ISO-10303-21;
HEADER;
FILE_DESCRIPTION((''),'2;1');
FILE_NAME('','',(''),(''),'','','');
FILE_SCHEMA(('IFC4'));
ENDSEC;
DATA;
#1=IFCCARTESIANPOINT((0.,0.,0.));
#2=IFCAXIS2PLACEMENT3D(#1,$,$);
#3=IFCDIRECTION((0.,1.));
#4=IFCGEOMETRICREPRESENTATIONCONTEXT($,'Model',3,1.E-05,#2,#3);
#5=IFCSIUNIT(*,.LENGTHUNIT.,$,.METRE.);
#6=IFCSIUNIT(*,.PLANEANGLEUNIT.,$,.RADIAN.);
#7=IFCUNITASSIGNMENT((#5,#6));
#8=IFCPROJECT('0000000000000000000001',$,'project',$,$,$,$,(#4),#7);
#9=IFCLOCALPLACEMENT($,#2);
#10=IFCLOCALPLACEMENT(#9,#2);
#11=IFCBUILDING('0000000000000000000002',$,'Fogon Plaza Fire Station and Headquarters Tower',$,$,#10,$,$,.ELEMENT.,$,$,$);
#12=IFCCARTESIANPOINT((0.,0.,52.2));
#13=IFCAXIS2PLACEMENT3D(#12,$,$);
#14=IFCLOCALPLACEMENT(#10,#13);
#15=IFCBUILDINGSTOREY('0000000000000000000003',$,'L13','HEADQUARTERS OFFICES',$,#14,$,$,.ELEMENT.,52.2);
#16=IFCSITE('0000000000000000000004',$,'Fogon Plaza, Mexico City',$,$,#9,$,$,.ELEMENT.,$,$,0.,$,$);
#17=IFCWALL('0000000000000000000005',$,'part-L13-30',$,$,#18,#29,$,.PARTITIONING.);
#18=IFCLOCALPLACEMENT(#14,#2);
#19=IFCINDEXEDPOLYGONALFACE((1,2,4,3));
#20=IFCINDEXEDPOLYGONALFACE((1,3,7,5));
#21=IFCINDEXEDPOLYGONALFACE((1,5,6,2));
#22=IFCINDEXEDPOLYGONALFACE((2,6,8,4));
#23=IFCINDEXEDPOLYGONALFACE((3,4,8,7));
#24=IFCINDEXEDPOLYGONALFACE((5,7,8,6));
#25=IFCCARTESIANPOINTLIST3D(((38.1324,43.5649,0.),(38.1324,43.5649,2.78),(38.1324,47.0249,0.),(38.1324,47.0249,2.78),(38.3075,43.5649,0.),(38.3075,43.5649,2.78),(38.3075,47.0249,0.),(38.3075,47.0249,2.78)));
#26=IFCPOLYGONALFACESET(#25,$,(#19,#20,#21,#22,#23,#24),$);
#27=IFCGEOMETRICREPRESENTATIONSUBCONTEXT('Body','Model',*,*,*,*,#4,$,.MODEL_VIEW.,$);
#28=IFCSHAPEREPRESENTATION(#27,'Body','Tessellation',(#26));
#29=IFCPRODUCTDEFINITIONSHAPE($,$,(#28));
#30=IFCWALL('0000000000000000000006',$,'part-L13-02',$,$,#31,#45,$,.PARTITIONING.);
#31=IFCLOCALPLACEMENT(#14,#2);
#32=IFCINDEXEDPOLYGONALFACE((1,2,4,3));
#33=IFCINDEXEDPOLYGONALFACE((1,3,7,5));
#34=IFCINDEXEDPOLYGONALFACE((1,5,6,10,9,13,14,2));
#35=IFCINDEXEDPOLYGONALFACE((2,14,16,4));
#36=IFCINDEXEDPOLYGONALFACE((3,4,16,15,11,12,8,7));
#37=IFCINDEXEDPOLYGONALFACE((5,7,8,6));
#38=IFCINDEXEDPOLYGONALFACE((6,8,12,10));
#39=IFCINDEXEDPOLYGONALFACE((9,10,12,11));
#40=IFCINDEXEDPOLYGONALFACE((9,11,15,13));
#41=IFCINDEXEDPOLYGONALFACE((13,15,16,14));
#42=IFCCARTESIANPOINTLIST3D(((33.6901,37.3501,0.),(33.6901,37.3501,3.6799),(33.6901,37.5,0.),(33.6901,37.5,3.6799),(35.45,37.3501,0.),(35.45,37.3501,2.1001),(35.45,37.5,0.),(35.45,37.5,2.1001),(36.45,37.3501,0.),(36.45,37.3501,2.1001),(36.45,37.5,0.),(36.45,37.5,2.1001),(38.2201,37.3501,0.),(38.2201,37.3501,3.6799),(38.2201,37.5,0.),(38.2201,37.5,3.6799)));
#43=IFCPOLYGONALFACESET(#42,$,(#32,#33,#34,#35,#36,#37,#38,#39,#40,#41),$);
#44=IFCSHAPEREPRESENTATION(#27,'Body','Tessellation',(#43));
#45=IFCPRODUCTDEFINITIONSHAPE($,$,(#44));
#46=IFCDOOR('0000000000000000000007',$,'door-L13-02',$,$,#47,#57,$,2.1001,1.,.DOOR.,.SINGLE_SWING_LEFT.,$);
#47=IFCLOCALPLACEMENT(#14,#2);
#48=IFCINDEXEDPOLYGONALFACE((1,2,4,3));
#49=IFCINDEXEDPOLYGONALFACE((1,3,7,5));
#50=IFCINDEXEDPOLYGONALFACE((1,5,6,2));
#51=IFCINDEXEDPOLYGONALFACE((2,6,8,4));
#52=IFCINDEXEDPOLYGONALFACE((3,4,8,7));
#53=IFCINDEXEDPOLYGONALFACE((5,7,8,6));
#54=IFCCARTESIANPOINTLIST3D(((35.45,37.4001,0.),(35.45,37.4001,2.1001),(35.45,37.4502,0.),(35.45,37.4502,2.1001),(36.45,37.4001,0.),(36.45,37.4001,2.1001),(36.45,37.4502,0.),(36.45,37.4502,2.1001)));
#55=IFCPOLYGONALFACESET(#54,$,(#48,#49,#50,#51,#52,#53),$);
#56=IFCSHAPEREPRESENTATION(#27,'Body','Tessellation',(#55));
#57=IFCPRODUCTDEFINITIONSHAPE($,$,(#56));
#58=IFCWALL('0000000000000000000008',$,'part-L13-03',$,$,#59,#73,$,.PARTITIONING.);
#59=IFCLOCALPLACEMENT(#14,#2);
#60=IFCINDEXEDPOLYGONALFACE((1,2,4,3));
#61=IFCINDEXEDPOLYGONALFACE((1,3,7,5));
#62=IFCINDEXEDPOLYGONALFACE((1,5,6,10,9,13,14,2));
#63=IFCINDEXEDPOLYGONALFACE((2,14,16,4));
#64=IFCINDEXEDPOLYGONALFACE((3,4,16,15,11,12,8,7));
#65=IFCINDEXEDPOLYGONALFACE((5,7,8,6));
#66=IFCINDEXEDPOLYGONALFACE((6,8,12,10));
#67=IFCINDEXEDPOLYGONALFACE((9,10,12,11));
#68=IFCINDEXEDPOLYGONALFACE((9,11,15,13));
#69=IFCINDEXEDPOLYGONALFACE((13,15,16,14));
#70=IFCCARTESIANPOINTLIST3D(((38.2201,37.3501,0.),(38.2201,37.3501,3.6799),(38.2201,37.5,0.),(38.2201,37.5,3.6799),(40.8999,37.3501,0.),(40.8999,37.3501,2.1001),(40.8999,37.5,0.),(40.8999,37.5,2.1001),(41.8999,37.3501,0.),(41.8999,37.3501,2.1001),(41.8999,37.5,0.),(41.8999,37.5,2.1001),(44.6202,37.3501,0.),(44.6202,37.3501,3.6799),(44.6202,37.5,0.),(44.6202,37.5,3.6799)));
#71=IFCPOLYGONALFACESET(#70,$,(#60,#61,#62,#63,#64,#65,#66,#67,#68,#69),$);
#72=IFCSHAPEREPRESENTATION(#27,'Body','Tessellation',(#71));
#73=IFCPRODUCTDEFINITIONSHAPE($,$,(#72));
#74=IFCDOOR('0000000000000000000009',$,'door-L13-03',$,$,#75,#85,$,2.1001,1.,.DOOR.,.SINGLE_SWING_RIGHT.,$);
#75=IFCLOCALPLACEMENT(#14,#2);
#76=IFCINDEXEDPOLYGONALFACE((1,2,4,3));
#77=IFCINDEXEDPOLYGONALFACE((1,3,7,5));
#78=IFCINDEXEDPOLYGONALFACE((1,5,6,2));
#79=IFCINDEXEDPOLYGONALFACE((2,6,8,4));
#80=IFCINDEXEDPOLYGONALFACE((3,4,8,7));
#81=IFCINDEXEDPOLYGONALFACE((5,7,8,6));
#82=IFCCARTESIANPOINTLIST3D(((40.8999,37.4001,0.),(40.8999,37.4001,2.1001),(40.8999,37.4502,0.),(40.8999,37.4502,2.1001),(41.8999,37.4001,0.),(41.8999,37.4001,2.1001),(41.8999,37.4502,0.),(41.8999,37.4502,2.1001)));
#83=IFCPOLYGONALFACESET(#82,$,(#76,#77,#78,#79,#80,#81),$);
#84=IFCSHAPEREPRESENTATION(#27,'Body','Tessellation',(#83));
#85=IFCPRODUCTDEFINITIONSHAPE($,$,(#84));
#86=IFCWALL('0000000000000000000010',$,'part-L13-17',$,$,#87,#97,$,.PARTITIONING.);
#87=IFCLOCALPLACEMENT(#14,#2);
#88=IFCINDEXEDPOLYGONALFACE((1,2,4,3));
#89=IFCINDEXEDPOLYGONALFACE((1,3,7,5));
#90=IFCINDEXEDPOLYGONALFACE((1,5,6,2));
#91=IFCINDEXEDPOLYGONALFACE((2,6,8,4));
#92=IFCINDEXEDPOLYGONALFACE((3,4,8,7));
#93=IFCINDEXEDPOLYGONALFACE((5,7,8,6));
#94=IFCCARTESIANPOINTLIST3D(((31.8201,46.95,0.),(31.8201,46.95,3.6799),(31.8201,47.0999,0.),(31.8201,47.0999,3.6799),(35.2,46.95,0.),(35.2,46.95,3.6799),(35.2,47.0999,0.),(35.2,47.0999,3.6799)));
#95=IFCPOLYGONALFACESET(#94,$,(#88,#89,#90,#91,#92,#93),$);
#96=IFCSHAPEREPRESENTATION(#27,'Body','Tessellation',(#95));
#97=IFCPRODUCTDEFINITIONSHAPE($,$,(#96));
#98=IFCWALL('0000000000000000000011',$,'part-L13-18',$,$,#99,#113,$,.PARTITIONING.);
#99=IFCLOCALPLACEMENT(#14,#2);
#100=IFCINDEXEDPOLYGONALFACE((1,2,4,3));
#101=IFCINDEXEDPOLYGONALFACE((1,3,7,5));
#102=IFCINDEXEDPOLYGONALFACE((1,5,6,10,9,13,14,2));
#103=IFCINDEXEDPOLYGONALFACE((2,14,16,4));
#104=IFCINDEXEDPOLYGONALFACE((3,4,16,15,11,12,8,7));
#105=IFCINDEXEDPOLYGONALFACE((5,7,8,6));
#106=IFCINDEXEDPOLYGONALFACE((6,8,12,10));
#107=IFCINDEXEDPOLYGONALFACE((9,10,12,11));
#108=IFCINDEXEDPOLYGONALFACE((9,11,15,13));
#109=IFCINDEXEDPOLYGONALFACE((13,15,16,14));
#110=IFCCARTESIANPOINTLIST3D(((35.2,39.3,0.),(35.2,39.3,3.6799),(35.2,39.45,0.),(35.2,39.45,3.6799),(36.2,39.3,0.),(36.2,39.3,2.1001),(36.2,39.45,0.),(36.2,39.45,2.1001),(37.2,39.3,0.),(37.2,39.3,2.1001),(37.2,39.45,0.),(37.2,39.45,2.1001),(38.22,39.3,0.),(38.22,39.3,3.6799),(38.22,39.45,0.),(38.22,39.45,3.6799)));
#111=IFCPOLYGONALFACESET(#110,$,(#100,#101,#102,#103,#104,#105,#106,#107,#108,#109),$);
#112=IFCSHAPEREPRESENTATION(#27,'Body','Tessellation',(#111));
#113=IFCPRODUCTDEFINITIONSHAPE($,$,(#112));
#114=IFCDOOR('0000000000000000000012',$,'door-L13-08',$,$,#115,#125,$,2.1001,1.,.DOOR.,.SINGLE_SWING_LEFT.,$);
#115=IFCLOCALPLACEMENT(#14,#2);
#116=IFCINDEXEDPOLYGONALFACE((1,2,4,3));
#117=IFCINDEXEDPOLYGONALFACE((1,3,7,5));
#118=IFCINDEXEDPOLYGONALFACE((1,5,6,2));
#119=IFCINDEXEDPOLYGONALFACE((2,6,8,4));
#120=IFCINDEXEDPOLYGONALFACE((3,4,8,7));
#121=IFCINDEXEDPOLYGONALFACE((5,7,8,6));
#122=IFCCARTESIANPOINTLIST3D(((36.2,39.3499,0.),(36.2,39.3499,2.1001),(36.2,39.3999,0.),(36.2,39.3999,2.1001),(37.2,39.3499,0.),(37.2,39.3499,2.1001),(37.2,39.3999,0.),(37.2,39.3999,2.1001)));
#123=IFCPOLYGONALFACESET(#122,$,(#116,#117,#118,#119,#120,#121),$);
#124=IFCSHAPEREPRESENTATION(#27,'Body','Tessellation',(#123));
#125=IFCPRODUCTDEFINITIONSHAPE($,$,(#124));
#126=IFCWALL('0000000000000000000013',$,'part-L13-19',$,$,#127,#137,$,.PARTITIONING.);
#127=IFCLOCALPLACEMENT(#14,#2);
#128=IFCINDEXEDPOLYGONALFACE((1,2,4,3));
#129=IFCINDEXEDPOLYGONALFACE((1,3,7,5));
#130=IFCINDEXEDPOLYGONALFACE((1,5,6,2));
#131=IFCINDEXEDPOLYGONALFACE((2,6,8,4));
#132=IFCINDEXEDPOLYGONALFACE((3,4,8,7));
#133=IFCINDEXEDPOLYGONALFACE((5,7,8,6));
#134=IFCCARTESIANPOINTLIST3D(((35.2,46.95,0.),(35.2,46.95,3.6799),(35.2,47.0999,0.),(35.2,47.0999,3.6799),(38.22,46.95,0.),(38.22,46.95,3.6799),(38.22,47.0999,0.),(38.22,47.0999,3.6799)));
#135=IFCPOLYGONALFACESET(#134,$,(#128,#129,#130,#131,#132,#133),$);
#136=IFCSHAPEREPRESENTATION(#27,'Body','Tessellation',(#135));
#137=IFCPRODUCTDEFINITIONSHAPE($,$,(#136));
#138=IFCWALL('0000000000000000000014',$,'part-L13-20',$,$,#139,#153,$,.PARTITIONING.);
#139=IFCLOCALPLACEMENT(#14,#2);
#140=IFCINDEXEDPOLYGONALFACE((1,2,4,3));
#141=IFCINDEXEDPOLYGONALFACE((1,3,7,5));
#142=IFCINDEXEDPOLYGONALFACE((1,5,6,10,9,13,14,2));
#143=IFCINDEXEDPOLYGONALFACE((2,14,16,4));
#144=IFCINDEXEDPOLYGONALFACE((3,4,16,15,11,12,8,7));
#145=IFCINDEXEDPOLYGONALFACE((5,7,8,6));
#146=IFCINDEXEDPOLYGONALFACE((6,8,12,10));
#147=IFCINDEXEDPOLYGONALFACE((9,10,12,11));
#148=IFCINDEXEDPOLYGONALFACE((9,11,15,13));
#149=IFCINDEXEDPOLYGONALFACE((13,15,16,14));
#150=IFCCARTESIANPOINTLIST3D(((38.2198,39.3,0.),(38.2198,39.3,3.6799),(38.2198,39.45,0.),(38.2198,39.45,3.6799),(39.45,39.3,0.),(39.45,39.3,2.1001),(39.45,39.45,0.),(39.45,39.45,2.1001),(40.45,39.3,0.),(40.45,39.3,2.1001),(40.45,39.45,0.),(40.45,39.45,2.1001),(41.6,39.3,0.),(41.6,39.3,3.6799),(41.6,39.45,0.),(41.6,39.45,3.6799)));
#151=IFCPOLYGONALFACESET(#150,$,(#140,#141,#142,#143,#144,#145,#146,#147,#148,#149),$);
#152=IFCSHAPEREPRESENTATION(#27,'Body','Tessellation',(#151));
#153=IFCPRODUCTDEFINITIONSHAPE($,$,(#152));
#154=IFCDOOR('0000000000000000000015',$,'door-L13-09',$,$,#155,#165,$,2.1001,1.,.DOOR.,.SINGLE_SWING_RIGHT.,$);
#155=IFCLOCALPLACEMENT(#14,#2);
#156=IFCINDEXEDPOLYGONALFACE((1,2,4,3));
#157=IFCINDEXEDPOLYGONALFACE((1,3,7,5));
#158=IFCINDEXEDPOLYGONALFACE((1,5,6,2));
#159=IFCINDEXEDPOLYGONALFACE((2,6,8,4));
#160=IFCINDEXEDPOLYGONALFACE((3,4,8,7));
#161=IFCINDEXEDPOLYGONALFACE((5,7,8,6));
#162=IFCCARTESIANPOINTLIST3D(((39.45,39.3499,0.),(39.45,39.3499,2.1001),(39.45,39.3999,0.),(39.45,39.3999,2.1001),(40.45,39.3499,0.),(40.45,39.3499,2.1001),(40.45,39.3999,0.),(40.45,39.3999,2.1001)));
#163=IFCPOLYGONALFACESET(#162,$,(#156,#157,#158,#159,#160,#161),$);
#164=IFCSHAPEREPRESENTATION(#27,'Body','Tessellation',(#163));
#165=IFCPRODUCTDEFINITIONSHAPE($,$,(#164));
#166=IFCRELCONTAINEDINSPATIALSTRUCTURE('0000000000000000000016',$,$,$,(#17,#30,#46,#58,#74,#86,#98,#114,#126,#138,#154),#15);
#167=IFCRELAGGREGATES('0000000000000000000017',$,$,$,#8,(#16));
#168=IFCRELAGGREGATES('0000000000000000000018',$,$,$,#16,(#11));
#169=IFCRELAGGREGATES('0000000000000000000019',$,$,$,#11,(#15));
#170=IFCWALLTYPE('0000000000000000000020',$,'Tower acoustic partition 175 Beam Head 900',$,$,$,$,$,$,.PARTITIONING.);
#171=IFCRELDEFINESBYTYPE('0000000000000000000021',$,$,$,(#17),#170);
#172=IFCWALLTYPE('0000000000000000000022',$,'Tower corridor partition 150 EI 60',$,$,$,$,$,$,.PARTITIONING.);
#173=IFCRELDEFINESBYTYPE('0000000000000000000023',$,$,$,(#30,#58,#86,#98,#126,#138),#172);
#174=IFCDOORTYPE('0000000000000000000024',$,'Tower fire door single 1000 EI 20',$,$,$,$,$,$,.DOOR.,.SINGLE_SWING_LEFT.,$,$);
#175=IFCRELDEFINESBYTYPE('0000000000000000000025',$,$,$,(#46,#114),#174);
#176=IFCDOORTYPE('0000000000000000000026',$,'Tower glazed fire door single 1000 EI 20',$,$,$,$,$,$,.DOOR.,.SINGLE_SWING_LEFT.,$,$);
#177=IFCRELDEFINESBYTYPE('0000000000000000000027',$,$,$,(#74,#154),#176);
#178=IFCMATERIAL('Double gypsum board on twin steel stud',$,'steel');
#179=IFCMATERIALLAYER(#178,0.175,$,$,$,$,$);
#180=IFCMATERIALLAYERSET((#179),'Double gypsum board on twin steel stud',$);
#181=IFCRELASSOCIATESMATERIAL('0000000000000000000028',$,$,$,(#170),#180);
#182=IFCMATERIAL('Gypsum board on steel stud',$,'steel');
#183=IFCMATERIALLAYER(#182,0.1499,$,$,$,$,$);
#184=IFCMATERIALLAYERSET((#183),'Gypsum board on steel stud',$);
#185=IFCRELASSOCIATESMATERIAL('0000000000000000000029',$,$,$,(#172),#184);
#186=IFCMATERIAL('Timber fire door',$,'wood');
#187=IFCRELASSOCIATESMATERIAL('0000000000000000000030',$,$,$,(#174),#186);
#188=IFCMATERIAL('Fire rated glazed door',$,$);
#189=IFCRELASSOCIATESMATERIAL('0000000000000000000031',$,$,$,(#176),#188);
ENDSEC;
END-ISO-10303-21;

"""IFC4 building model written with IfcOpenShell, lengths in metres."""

from ifc_helpers import new_model, si_unit, direction, frame, frame_2d, origin, place, context, subcontext, project, spatial, rectangle, extrude, material, layer, layer_set, type_object, element, fill, save


model = new_model("IFC4")

# Units and contexts
model_context = context("Model", 3, precision=1e-05, world=origin(), true_north=direction((0.0, 1.0)))
body_context = subcontext(model_context, "Body", "Model", "MODEL_VIEW")
ifc_project = project(units=[si_unit("LENGTHUNIT", "METRE"), si_unit("PLANEANGLEUNIT", "RADIAN")], contexts=[model_context])

# Site, building, storey
site_placement = place(None, origin())
site = spatial("IfcSite", under=ifc_project, at=site_placement, Name="Fogon Plaza, Mexico City", CompositionType="ELEMENT", RefElevation=0.0)
building_placement = place(site_placement, origin())
building = spatial("IfcBuilding", under=site, at=building_placement, Name="Fogon Plaza Fire Station and Headquarters Tower", CompositionType="ELEMENT")
storey_placement = place(building_placement, frame((0.0, 0.0, 52.2)))
storey = spatial("IfcBuildingStorey", under=building, at=storey_placement, Name="L13", Description="HEADQUARTERS OFFICES", CompositionType="ELEMENT", Elevation=52.2)

# Wall
ifc_material_1 = material(Name="Double gypsum board on twin steel stud", Category="steel")
ifc_layer_1 = layer(ifc_material_1, 0.175)
ifc_layer_set_1 = layer_set([ifc_layer_1], Name="Double gypsum board on twin steel stud")
wall_type_1 = type_object("IfcWallType", Name="Tower acoustic partition 175 Beam Head 900", PredefinedType="PARTITIONING", material=ifc_layer_set_1)
for number, where, z_axis, x_axis, name in (
    (1, (38.22, 43.5649, 0.0), (0.0, 0.0, 1.0), (0.0, 1.0, 0.0), "part-L13-30"),
):
    element("IfcWall", number, at=place(storey_placement, frame(where, z_axis=z_axis, x_axis=x_axis)), inside=storey, type_object=wall_type_1, Name=name, PredefinedType="PARTITIONING", context=body_context, shape_type="SweptSolid", body=[
        extrude(rectangle(XDim=3.46, YDim=0.175, at=frame_2d((1.73, 0.0))), origin(), (0.0, 0.0, 1.0), 2.78),
    ])

# Walls, openings, doors
ifc_material_2 = material(Name="Gypsum board on steel stud", Category="steel")
ifc_layer_2 = layer(ifc_material_2, 0.1499)
ifc_layer_set_2 = layer_set([ifc_layer_2], Name="Gypsum board on steel stud")
wall_type_2 = type_object("IfcWallType", Name="Tower corridor partition 150 EI 60", PredefinedType="PARTITIONING", material=ifc_layer_set_2)
wall_1_placement = place(storey_placement, frame((33.6899, 37.425, 0.0), z_axis=(0.0, 0.0, 1.0), x_axis=(1.0, 0.0, 0.0)))
wall_1 = element("IfcWall", 2, at=wall_1_placement, inside=storey, type_object=wall_type_2, Name="part-L13-02", PredefinedType="PARTITIONING", context=body_context, shape_type="SweptSolid", body=[
    extrude(rectangle(XDim=4.53, YDim=0.1499, at=frame_2d((2.2651, 0.0))), origin(), (0.0, 0.0, 1.0), 3.6799),
])
opening_1_placement = place(wall_1_placement, frame((1.76, 0.0, 0.0)))
opening_1 = element("IfcOpeningElement", 3, at=opening_1_placement, cuts=wall_1, PredefinedType="OPENING", context=body_context, shape_type="SweptSolid", body=[
    extrude(rectangle(XDim=1.0, YDim=2.1001, at=frame_2d((0.5, 1.05))), frame((0.0, 0.085, 0.0), z_axis=(0.0, -1.0, 0.0), x_axis=(1.0, 0.0, 0.0)), (0.0, 0.0, 1.0), 0.1699),
])
ifc_material_3 = material(Name="Timber fire door", Category="wood")
door_type_1 = type_object("IfcDoorType", Name="Tower fire door single 1000 EI 20", OperationType="SINGLE_SWING_LEFT", PredefinedType="DOOR", material=ifc_material_3)
door_1_placement = place(opening_1_placement, frame((1.0, 0.0, 0.0), z_axis=(0.0, 0.0, 1.0), x_axis=(-1.0, 0.0, 0.0)))
door_1 = element("IfcDoor", 4, at=door_1_placement, inside=storey, type_object=door_type_1, Name="door-L13-02", OperationType="SINGLE_SWING_LEFT", OverallHeight=2.1001, OverallWidth=1.0, PredefinedType="DOOR", context=body_context, shape_type="SweptSolid", body=[
    extrude(rectangle(XDim=1.0, YDim=2.1001, at=frame_2d((0.5, 1.05))), frame((0.0, 0.0249, 0.0), z_axis=(0.0, -1.0, 0.0), x_axis=(1.0, 0.0, 0.0)), (0.0, 0.0, 1.0), 0.05),
])
fill(opening_1, door_1)
wall_2_placement = place(storey_placement, frame((38.22, 37.425, 0.0), z_axis=(0.0, 0.0, 1.0), x_axis=(1.0, 0.0, 0.0)))
wall_2 = element("IfcWall", 5, at=wall_2_placement, inside=storey, type_object=wall_type_2, Name="part-L13-03", PredefinedType="PARTITIONING", context=body_context, shape_type="SweptSolid", body=[
    extrude(rectangle(XDim=6.4001, YDim=0.1499, at=frame_2d((3.2002, 0.0))), origin(), (0.0, 0.0, 1.0), 3.6799),
])
opening_2_placement = place(wall_2_placement, frame((2.6799, 0.0, 0.0)))
opening_2 = element("IfcOpeningElement", 6, at=opening_2_placement, cuts=wall_2, PredefinedType="OPENING", context=body_context, shape_type="SweptSolid", body=[
    extrude(rectangle(XDim=1.0, YDim=2.1001, at=frame_2d((0.5, 1.05))), frame((0.0, 0.085, 0.0), z_axis=(0.0, -1.0, 0.0), x_axis=(1.0, 0.0, 0.0)), (0.0, 0.0, 1.0), 0.1699),
])
ifc_material_4 = material(Name="Fire rated glazed door")
door_type_2 = type_object("IfcDoorType", Name="Tower glazed fire door single 1000 EI 20", OperationType="SINGLE_SWING_LEFT", PredefinedType="DOOR", material=ifc_material_4)
door_2_placement = place(opening_2_placement, frame((1.0, 0.0, 0.0), z_axis=(0.0, 0.0, 1.0), x_axis=(-1.0, 0.0, 0.0)))
door_2 = element("IfcDoor", 7, at=door_2_placement, inside=storey, type_object=door_type_2, Name="door-L13-03", OperationType="SINGLE_SWING_RIGHT", OverallHeight=2.1001, OverallWidth=1.0, PredefinedType="DOOR", context=body_context, shape_type="SweptSolid", body=[
    extrude(rectangle(XDim=1.0, YDim=2.1001, at=frame_2d((0.5, 1.05))), frame((0.0, 0.0249, 0.0), z_axis=(0.0, -1.0, 0.0), x_axis=(1.0, 0.0, 0.0)), (0.0, 0.0, 1.0), 0.05),
])
fill(opening_2, door_2)

# Wall
wall_3_placement = place(storey_placement, frame((31.8201, 47.0249, 0.0), z_axis=(0.0, 0.0, 1.0), x_axis=(1.0, 0.0, 0.0)))
element("IfcWall", 8, at=wall_3_placement, inside=storey, type_object=wall_type_2, Name="part-L13-17", PredefinedType="PARTITIONING", context=body_context, shape_type="SweptSolid", body=[
    extrude(rectangle(XDim=3.3799, YDim=0.1499, at=frame_2d((1.6899, 0.0))), origin(), (0.0, 0.0, 1.0), 3.6799),
])

# Wall, opening, door
wall_4_placement = place(storey_placement, frame((35.2, 39.375, 0.0), z_axis=(0.0, 0.0, 1.0), x_axis=(1.0, 0.0, 0.0)))
wall_4 = element("IfcWall", 9, at=wall_4_placement, inside=storey, type_object=wall_type_2, Name="part-L13-18", PredefinedType="PARTITIONING", context=body_context, shape_type="SweptSolid", body=[
    extrude(rectangle(XDim=3.02, YDim=0.1499, at=frame_2d((1.51, 0.0))), origin(), (0.0, 0.0, 1.0), 3.6799),
])
opening_3_placement = place(wall_4_placement, frame((1.0, 0.0, 0.0)))
opening_3 = element("IfcOpeningElement", 10, at=opening_3_placement, cuts=wall_4, PredefinedType="OPENING", context=body_context, shape_type="SweptSolid", body=[
    extrude(rectangle(XDim=1.0, YDim=2.1001, at=frame_2d((0.5, 1.05))), frame((0.0, 0.085, 0.0), z_axis=(0.0, -1.0, 0.0), x_axis=(1.0, 0.0, 0.0)), (0.0, 0.0, 1.0), 0.1699),
])
door_3_placement = place(opening_3_placement, origin())
door_3 = element("IfcDoor", 11, at=door_3_placement, inside=storey, type_object=door_type_1, Name="door-L13-08", OperationType="SINGLE_SWING_LEFT", OverallHeight=2.1001, OverallWidth=1.0, PredefinedType="DOOR", context=body_context, shape_type="SweptSolid", body=[
    extrude(rectangle(XDim=1.0, YDim=2.1001, at=frame_2d((0.5, 1.05))), frame((0.0, 0.0249, 0.0), z_axis=(0.0, -1.0, 0.0), x_axis=(1.0, 0.0, 0.0)), (0.0, 0.0, 1.0), 0.05),
])
fill(opening_3, door_3)

# Wall
wall_5_placement = place(storey_placement, frame((35.2, 47.0249, 0.0), z_axis=(0.0, 0.0, 1.0), x_axis=(1.0, 0.0, 0.0)))
element("IfcWall", 12, at=wall_5_placement, inside=storey, type_object=wall_type_2, Name="part-L13-19", PredefinedType="PARTITIONING", context=body_context, shape_type="SweptSolid", body=[
    extrude(rectangle(XDim=3.02, YDim=0.1499, at=frame_2d((1.51, 0.0))), origin(), (0.0, 0.0, 1.0), 3.6799),
])

# Wall, opening, door
wall_6_placement = place(storey_placement, frame((38.22, 39.375, 0.0), z_axis=(0.0, 0.0, 1.0), x_axis=(1.0, 0.0, 0.0)))
wall_6 = element("IfcWall", 13, at=wall_6_placement, inside=storey, type_object=wall_type_2, Name="part-L13-20", PredefinedType="PARTITIONING", context=body_context, shape_type="SweptSolid", body=[
    extrude(rectangle(XDim=3.3801, YDim=0.1499, at=frame_2d((1.6899, 0.0))), origin(), (0.0, 0.0, 1.0), 3.6799),
])
opening_4_placement = place(wall_6_placement, frame((1.23, 0.0, 0.0)))
opening_4 = element("IfcOpeningElement", 14, at=opening_4_placement, cuts=wall_6, PredefinedType="OPENING", context=body_context, shape_type="SweptSolid", body=[
    extrude(rectangle(XDim=1.0, YDim=2.1001, at=frame_2d((0.5, 1.05))), frame((0.0, 0.085, 0.0), z_axis=(0.0, -1.0, 0.0), x_axis=(1.0, 0.0, 0.0)), (0.0, 0.0, 1.0), 0.1699),
])
door_4_placement = place(opening_4_placement, origin())
door_4 = element("IfcDoor", 15, at=door_4_placement, inside=storey, type_object=door_type_2, Name="door-L13-09", OperationType="SINGLE_SWING_RIGHT", OverallHeight=2.1001, OverallWidth=1.0, PredefinedType="DOOR", context=body_context, shape_type="SweptSolid", body=[
    extrude(rectangle(XDim=1.0, YDim=2.1001, at=frame_2d((0.5, 1.05))), frame((0.0, 0.0249, 0.0), z_axis=(0.0, -1.0, 0.0), x_axis=(1.0, 0.0, 0.0)), (0.0, 0.0, 1.0), 0.05),
])
fill(opening_4, door_4)

save(model, "model.ifc")
